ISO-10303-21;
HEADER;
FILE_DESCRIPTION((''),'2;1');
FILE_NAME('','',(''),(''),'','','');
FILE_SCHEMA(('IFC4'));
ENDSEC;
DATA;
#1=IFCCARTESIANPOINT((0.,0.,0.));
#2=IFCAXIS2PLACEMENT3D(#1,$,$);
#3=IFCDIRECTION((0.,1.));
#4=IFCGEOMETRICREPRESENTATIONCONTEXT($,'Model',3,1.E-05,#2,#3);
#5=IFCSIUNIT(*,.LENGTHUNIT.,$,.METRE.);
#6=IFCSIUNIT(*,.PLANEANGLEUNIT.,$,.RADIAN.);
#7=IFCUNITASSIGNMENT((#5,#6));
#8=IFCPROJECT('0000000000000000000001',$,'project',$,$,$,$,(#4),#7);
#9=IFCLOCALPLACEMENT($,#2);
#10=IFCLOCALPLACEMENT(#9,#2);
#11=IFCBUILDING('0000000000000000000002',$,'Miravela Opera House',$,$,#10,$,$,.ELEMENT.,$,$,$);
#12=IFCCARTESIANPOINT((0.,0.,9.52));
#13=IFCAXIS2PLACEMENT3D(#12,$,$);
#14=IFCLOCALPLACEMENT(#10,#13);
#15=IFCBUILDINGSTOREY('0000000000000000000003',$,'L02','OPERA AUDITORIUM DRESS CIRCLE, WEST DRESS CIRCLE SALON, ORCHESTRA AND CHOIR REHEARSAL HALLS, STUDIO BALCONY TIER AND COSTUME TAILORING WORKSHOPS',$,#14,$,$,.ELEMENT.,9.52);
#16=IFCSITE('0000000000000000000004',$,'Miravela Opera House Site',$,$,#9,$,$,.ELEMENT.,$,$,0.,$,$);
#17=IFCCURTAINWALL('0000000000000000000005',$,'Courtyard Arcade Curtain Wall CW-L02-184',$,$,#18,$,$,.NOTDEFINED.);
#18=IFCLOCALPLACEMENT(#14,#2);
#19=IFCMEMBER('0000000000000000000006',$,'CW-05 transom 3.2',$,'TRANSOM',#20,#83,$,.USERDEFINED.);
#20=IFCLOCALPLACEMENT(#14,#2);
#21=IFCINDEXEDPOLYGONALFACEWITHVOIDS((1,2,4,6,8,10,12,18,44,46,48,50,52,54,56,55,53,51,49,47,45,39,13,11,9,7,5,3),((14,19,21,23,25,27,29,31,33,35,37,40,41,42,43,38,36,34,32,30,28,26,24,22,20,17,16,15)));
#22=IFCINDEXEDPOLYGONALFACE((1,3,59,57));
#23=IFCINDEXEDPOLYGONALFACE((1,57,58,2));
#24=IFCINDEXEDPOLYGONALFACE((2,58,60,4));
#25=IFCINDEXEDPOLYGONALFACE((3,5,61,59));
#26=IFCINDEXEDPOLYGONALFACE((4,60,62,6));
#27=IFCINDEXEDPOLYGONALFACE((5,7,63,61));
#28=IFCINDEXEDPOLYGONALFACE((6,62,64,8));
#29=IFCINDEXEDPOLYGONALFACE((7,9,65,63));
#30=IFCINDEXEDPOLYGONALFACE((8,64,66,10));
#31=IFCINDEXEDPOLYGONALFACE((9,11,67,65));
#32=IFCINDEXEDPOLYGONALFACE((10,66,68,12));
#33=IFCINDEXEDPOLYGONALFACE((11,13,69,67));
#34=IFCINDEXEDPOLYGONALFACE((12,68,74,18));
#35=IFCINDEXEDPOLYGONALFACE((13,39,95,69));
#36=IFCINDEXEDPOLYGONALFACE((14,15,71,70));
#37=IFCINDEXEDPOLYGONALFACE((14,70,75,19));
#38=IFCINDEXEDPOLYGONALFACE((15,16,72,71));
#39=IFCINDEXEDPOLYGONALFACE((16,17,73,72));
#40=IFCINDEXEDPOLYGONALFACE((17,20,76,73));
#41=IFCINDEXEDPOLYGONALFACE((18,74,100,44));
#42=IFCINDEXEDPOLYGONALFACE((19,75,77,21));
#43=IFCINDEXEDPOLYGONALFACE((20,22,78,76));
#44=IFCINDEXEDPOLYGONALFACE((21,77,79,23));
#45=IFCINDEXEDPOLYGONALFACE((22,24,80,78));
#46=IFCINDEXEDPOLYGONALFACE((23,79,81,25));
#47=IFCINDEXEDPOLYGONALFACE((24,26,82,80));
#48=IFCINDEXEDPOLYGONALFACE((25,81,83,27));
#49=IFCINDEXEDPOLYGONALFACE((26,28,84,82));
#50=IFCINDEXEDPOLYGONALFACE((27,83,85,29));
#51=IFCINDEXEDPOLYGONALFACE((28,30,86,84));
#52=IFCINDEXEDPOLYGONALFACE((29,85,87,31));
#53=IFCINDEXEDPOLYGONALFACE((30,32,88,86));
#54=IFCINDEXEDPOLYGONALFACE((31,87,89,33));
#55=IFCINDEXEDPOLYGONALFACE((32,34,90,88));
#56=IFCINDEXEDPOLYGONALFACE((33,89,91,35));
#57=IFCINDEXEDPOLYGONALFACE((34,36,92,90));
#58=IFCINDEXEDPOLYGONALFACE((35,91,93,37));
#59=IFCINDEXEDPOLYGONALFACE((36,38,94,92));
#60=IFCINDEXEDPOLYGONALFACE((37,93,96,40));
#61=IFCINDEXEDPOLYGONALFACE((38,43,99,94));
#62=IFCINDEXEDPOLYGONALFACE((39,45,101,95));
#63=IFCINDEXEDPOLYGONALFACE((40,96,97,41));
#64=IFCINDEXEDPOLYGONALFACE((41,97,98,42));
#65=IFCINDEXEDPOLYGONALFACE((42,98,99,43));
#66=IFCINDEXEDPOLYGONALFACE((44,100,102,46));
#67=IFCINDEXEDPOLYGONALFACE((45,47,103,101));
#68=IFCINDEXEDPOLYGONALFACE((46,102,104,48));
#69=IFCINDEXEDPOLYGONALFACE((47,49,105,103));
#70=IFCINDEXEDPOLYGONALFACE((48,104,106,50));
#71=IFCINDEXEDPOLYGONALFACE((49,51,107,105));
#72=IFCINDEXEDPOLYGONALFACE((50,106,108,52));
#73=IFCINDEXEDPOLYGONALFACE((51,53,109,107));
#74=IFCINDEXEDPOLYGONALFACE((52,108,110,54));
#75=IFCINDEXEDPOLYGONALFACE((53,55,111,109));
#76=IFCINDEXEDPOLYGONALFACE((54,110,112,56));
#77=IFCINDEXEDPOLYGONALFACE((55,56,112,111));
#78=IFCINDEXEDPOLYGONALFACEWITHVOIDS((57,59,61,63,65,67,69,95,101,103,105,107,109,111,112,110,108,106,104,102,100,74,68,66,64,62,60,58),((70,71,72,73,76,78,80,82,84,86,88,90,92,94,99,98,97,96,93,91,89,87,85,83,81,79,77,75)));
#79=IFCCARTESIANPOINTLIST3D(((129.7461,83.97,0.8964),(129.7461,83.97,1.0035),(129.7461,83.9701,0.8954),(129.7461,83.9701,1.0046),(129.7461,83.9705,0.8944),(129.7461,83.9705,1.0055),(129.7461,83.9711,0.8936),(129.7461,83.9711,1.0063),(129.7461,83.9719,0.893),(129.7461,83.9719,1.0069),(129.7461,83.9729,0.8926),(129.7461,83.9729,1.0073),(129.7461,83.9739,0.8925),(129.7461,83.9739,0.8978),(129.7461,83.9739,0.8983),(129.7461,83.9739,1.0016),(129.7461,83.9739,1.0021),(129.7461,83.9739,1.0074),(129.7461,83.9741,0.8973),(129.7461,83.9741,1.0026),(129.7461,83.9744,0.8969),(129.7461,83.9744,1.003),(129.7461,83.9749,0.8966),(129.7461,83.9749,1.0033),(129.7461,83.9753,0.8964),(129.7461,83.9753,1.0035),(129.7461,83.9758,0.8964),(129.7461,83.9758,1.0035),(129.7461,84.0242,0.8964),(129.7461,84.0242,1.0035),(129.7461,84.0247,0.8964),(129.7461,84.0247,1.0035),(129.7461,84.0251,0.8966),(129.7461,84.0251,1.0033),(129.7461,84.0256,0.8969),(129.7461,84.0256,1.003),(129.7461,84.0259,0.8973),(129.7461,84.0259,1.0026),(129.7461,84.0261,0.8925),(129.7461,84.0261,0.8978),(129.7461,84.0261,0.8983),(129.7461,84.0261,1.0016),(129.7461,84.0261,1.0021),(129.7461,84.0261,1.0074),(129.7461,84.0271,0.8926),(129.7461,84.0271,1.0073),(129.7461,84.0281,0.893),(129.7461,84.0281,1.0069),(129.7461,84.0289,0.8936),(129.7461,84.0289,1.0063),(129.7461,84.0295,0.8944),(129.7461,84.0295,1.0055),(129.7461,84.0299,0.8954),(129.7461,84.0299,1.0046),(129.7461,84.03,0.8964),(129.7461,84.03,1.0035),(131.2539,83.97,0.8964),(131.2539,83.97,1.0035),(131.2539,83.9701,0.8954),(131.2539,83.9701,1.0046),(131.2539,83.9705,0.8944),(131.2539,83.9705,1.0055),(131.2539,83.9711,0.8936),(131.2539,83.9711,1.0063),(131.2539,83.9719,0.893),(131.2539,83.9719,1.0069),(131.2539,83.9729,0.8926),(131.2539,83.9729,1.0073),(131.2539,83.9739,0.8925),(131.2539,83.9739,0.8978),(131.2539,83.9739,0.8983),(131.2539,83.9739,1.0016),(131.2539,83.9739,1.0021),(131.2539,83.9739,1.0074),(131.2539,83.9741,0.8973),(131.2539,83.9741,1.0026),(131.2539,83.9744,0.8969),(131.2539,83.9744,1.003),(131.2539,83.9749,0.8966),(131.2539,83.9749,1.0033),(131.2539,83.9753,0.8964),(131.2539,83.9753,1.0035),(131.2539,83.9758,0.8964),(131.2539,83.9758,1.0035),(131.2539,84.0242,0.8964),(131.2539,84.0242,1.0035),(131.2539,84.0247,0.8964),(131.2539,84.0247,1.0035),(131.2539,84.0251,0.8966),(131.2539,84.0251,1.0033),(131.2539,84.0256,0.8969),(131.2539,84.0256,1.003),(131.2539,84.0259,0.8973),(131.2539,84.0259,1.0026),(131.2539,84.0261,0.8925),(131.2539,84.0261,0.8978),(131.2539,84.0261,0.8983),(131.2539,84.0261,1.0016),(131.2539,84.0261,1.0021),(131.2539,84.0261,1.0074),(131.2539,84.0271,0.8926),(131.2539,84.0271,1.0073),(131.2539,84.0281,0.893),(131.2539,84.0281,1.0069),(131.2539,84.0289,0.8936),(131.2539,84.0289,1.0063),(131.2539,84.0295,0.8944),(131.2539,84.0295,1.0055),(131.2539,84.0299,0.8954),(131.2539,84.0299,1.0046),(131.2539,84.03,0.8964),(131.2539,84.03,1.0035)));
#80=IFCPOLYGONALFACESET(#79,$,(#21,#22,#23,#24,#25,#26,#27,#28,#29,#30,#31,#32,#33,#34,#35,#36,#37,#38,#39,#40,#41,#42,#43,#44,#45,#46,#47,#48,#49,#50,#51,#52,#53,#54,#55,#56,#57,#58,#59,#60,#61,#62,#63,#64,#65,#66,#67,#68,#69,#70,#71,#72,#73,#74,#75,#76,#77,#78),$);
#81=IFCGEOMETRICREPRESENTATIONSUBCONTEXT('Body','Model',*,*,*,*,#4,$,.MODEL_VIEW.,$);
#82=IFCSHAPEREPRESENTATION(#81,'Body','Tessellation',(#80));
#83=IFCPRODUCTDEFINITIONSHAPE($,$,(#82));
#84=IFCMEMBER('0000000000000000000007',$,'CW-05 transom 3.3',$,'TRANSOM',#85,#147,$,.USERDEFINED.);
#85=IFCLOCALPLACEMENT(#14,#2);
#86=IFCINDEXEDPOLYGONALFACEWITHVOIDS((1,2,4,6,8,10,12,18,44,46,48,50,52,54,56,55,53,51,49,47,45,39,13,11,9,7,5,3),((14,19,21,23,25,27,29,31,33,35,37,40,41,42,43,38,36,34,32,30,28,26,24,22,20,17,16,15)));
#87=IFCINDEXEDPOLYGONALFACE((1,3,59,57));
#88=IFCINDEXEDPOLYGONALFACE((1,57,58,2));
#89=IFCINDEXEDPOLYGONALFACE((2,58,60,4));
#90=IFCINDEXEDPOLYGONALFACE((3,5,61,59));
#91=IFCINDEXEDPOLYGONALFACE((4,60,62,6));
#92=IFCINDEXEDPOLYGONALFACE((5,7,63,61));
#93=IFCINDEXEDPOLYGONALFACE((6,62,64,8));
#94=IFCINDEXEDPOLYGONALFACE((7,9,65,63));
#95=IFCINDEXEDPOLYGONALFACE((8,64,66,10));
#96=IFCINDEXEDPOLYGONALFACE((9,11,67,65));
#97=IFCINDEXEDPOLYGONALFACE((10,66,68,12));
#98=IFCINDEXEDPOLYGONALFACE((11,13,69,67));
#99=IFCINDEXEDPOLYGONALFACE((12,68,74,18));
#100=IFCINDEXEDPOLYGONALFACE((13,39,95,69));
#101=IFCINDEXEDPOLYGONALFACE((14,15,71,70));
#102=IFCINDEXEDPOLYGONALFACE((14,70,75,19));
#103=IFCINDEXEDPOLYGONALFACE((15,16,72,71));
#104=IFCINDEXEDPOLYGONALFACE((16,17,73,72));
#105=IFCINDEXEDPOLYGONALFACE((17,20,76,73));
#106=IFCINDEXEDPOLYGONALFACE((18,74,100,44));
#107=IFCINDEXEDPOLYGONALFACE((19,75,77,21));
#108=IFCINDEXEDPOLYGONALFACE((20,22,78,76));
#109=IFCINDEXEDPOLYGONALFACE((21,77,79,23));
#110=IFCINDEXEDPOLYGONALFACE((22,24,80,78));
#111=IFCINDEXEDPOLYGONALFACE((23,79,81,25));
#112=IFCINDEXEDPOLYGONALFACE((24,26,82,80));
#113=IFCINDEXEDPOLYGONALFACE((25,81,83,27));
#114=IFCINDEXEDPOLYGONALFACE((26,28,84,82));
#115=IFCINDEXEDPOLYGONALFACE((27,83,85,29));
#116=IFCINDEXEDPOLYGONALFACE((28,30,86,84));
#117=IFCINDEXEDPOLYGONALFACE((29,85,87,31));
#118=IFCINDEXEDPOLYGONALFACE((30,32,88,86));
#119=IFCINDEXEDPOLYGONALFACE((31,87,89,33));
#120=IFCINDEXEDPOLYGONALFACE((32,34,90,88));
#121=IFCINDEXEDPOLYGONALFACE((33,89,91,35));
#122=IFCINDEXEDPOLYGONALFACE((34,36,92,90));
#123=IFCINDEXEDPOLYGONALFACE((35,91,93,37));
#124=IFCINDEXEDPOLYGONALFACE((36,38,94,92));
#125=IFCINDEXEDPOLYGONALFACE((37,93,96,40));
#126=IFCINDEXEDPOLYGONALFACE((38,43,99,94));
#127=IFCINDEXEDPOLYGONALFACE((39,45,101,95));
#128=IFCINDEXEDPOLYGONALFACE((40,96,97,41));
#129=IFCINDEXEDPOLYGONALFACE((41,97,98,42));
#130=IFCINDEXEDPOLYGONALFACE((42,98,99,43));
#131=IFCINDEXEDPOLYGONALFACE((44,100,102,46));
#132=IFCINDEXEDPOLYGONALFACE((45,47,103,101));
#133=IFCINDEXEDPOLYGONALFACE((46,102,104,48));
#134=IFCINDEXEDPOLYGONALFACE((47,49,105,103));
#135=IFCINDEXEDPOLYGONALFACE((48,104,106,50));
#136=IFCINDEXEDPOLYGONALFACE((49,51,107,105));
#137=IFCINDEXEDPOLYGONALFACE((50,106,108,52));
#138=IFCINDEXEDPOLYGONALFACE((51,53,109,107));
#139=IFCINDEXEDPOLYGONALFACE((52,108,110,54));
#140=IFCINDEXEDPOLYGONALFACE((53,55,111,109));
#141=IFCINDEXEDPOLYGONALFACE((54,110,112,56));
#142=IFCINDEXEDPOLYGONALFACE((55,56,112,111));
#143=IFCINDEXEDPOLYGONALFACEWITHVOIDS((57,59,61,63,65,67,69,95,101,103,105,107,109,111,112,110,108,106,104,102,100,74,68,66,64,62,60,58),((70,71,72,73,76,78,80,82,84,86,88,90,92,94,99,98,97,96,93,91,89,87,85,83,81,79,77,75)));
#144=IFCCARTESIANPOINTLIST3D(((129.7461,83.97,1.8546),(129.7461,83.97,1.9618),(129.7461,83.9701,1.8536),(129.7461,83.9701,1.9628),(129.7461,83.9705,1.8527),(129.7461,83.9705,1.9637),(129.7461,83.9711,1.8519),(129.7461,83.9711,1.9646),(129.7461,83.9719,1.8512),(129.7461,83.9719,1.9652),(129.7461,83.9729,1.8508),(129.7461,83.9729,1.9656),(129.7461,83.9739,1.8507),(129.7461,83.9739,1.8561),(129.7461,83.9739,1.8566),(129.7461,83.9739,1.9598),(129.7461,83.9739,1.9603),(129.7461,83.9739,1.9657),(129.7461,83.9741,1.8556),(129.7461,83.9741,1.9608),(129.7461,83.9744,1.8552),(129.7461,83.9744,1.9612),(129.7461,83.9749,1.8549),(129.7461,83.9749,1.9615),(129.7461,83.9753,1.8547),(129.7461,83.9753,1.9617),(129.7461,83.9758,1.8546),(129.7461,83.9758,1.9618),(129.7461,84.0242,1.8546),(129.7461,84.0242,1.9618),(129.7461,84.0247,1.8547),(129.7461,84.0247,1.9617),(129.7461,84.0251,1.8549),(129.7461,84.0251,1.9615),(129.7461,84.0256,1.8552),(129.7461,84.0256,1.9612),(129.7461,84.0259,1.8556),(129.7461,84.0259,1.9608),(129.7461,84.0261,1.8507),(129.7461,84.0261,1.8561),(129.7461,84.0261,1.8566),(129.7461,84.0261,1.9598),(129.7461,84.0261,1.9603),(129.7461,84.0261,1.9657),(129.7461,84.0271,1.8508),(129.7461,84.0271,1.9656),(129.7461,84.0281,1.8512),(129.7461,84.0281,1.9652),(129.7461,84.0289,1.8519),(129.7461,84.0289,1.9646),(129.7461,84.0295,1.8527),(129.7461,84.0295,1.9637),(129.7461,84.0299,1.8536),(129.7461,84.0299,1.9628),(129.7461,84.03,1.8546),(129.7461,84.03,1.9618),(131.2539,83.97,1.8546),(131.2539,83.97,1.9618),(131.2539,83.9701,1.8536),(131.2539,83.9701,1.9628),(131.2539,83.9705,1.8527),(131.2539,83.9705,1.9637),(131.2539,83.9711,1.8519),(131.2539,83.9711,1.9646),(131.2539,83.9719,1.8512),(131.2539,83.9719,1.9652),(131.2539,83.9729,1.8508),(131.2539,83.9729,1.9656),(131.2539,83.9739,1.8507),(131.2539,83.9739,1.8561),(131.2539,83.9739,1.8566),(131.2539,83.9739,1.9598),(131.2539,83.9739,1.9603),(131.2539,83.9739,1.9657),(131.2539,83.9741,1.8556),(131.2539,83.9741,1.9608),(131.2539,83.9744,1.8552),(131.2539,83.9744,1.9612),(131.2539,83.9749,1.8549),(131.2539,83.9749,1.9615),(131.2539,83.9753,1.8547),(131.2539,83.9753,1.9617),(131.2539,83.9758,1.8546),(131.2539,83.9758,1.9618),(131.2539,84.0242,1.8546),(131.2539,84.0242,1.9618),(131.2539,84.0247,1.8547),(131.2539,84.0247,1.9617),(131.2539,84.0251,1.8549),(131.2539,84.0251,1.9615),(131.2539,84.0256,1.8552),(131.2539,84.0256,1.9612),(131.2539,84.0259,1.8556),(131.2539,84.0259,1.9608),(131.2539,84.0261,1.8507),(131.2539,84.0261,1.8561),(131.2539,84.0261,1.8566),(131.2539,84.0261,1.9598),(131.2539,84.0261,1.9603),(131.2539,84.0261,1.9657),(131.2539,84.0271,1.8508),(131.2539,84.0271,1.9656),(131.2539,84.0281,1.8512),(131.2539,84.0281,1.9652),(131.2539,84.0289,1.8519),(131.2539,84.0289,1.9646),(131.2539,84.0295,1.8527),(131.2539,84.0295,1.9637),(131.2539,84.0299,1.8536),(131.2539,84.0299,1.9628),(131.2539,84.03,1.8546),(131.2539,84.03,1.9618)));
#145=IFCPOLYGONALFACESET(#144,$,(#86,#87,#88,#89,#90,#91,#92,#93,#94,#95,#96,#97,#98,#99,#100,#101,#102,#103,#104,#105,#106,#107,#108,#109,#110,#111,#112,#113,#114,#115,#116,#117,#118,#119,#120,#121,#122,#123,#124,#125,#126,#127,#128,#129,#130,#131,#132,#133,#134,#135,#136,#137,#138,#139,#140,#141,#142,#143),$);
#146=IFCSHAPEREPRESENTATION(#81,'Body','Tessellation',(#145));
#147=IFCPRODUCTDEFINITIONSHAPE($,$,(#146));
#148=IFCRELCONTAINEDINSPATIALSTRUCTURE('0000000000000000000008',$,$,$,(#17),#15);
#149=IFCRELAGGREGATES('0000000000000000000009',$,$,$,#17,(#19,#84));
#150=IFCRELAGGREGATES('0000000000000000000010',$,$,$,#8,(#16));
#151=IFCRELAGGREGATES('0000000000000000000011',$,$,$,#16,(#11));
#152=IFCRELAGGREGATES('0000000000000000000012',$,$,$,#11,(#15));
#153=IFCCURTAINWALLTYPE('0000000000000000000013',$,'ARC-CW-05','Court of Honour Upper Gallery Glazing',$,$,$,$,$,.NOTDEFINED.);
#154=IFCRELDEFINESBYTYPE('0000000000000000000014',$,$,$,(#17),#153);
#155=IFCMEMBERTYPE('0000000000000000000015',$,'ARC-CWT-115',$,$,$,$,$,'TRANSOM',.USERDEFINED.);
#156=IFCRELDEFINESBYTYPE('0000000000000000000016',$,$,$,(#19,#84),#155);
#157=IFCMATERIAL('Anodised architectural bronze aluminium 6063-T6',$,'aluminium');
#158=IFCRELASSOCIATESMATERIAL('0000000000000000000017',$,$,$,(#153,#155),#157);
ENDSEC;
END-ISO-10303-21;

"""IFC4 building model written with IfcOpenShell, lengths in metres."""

from ifc_helpers import new_model, si_unit, direction, frame, origin, origin_2d, place, context, subcontext, project, spatial, hollow_rectangle, extrude, material, material_profile, profile_set, type_object, element, aggregate, save


model = new_model("IFC4")

# Units and contexts
model_context = context("Model", 3, precision=1e-05, world=origin(), true_north=direction((0.0, 1.0)))
body_context = subcontext(model_context, "Body", "Model", "MODEL_VIEW")
ifc_project = project(units=[si_unit("LENGTHUNIT", "METRE"), si_unit("PLANEANGLEUNIT", "RADIAN")], contexts=[model_context])

# Site, building, storey
site_placement = place(None, origin())
site = spatial("IfcSite", under=ifc_project, at=site_placement, Name="Miravela Opera House Site", CompositionType="ELEMENT", RefElevation=0.0)
building_placement = place(site_placement, origin())
building = spatial("IfcBuilding", under=site, at=building_placement, Name="Miravela Opera House", CompositionType="ELEMENT")
storey_placement = place(building_placement, frame((0.0, 0.0, 9.52)))
storey = spatial("IfcBuildingStorey", under=building, at=storey_placement, Name="L02", Description="OPERA AUDITORIUM DRESS CIRCLE, WEST DRESS CIRCLE SALON, ORCHESTRA AND CHOIR REHEARSAL HALLS, STUDIO BALCONY TIER AND COSTUME TAILORING WORKSHOPS", CompositionType="ELEMENT", Elevation=9.52)

# Curtain wall, members
ifc_material_1 = material(Name="Anodised architectural bronze aluminium 6063-T6", Category="aluminium")
curtain_wall_type = type_object("IfcCurtainWallType", Name="ARC-CW-05", Description="Court of Honour Upper Gallery Glazing", PredefinedType="NOTDEFINED", material=ifc_material_1)
curtain_wall_placement = place(storey_placement, origin())
curtain_wall = element("IfcCurtainWall", 1, at=curtain_wall_placement, inside=storey, type_object=curtain_wall_type, Name="Courtyard Arcade Curtain Wall CW-L02-184", PredefinedType="NOTDEFINED")
ifc_material_profile_1 = material_profile(ifc_material_1, hollow_rectangle(XDim=0.0601, YDim=0.115, WallThickness=0.0039, InnerFilletRadius=0.002, OuterFilletRadius=0.0039, at=origin_2d()), Name="CWT-60X115")
ifc_profile_set_1 = profile_set([ifc_material_profile_1])
member_type_1 = type_object("IfcMemberType", Name="ARC-CWT-115", ElementType="TRANSOM", PredefinedType="USERDEFINED", material=ifc_profile_set_1)
member_1_placement = place(storey_placement, frame((129.7461, 84.0, 0.95), z_axis=(1.0, 0.0, 0.0), x_axis=(0.0, 1.0, 0.0)))
member_1 = element("IfcMember", 2, at=member_1_placement, type_object=member_type_1, Name="CW-05 transom 3.2", ObjectType="TRANSOM", PredefinedType="USERDEFINED", context=body_context, shape_type="SweptSolid", body=[
    extrude(hollow_rectangle(XDim=0.0601, YDim=0.115, WallThickness=0.0039, InnerFilletRadius=0.002, OuterFilletRadius=0.0039, at=origin_2d()), origin(), (0.0, 0.0, 1.0), 1.5078),
])
member_2_placement = place(storey_placement, frame((129.7461, 84.0, 1.9082), z_axis=(1.0, 0.0, 0.0), x_axis=(0.0, 1.0, 0.0)))
member_2 = element("IfcMember", 3, at=member_2_placement, type_object=member_type_1, Name="CW-05 transom 3.3", ObjectType="TRANSOM", PredefinedType="USERDEFINED", context=body_context, shape_type="SweptSolid", body=[
    extrude(hollow_rectangle(XDim=0.0601, YDim=0.115, WallThickness=0.0039, InnerFilletRadius=0.002, OuterFilletRadius=0.0039, at=origin_2d()), origin(), (0.0, 0.0, 1.0), 1.5078),
])
aggregate(curtain_wall, [member_1, member_2])

save(model, "model.ifc")
